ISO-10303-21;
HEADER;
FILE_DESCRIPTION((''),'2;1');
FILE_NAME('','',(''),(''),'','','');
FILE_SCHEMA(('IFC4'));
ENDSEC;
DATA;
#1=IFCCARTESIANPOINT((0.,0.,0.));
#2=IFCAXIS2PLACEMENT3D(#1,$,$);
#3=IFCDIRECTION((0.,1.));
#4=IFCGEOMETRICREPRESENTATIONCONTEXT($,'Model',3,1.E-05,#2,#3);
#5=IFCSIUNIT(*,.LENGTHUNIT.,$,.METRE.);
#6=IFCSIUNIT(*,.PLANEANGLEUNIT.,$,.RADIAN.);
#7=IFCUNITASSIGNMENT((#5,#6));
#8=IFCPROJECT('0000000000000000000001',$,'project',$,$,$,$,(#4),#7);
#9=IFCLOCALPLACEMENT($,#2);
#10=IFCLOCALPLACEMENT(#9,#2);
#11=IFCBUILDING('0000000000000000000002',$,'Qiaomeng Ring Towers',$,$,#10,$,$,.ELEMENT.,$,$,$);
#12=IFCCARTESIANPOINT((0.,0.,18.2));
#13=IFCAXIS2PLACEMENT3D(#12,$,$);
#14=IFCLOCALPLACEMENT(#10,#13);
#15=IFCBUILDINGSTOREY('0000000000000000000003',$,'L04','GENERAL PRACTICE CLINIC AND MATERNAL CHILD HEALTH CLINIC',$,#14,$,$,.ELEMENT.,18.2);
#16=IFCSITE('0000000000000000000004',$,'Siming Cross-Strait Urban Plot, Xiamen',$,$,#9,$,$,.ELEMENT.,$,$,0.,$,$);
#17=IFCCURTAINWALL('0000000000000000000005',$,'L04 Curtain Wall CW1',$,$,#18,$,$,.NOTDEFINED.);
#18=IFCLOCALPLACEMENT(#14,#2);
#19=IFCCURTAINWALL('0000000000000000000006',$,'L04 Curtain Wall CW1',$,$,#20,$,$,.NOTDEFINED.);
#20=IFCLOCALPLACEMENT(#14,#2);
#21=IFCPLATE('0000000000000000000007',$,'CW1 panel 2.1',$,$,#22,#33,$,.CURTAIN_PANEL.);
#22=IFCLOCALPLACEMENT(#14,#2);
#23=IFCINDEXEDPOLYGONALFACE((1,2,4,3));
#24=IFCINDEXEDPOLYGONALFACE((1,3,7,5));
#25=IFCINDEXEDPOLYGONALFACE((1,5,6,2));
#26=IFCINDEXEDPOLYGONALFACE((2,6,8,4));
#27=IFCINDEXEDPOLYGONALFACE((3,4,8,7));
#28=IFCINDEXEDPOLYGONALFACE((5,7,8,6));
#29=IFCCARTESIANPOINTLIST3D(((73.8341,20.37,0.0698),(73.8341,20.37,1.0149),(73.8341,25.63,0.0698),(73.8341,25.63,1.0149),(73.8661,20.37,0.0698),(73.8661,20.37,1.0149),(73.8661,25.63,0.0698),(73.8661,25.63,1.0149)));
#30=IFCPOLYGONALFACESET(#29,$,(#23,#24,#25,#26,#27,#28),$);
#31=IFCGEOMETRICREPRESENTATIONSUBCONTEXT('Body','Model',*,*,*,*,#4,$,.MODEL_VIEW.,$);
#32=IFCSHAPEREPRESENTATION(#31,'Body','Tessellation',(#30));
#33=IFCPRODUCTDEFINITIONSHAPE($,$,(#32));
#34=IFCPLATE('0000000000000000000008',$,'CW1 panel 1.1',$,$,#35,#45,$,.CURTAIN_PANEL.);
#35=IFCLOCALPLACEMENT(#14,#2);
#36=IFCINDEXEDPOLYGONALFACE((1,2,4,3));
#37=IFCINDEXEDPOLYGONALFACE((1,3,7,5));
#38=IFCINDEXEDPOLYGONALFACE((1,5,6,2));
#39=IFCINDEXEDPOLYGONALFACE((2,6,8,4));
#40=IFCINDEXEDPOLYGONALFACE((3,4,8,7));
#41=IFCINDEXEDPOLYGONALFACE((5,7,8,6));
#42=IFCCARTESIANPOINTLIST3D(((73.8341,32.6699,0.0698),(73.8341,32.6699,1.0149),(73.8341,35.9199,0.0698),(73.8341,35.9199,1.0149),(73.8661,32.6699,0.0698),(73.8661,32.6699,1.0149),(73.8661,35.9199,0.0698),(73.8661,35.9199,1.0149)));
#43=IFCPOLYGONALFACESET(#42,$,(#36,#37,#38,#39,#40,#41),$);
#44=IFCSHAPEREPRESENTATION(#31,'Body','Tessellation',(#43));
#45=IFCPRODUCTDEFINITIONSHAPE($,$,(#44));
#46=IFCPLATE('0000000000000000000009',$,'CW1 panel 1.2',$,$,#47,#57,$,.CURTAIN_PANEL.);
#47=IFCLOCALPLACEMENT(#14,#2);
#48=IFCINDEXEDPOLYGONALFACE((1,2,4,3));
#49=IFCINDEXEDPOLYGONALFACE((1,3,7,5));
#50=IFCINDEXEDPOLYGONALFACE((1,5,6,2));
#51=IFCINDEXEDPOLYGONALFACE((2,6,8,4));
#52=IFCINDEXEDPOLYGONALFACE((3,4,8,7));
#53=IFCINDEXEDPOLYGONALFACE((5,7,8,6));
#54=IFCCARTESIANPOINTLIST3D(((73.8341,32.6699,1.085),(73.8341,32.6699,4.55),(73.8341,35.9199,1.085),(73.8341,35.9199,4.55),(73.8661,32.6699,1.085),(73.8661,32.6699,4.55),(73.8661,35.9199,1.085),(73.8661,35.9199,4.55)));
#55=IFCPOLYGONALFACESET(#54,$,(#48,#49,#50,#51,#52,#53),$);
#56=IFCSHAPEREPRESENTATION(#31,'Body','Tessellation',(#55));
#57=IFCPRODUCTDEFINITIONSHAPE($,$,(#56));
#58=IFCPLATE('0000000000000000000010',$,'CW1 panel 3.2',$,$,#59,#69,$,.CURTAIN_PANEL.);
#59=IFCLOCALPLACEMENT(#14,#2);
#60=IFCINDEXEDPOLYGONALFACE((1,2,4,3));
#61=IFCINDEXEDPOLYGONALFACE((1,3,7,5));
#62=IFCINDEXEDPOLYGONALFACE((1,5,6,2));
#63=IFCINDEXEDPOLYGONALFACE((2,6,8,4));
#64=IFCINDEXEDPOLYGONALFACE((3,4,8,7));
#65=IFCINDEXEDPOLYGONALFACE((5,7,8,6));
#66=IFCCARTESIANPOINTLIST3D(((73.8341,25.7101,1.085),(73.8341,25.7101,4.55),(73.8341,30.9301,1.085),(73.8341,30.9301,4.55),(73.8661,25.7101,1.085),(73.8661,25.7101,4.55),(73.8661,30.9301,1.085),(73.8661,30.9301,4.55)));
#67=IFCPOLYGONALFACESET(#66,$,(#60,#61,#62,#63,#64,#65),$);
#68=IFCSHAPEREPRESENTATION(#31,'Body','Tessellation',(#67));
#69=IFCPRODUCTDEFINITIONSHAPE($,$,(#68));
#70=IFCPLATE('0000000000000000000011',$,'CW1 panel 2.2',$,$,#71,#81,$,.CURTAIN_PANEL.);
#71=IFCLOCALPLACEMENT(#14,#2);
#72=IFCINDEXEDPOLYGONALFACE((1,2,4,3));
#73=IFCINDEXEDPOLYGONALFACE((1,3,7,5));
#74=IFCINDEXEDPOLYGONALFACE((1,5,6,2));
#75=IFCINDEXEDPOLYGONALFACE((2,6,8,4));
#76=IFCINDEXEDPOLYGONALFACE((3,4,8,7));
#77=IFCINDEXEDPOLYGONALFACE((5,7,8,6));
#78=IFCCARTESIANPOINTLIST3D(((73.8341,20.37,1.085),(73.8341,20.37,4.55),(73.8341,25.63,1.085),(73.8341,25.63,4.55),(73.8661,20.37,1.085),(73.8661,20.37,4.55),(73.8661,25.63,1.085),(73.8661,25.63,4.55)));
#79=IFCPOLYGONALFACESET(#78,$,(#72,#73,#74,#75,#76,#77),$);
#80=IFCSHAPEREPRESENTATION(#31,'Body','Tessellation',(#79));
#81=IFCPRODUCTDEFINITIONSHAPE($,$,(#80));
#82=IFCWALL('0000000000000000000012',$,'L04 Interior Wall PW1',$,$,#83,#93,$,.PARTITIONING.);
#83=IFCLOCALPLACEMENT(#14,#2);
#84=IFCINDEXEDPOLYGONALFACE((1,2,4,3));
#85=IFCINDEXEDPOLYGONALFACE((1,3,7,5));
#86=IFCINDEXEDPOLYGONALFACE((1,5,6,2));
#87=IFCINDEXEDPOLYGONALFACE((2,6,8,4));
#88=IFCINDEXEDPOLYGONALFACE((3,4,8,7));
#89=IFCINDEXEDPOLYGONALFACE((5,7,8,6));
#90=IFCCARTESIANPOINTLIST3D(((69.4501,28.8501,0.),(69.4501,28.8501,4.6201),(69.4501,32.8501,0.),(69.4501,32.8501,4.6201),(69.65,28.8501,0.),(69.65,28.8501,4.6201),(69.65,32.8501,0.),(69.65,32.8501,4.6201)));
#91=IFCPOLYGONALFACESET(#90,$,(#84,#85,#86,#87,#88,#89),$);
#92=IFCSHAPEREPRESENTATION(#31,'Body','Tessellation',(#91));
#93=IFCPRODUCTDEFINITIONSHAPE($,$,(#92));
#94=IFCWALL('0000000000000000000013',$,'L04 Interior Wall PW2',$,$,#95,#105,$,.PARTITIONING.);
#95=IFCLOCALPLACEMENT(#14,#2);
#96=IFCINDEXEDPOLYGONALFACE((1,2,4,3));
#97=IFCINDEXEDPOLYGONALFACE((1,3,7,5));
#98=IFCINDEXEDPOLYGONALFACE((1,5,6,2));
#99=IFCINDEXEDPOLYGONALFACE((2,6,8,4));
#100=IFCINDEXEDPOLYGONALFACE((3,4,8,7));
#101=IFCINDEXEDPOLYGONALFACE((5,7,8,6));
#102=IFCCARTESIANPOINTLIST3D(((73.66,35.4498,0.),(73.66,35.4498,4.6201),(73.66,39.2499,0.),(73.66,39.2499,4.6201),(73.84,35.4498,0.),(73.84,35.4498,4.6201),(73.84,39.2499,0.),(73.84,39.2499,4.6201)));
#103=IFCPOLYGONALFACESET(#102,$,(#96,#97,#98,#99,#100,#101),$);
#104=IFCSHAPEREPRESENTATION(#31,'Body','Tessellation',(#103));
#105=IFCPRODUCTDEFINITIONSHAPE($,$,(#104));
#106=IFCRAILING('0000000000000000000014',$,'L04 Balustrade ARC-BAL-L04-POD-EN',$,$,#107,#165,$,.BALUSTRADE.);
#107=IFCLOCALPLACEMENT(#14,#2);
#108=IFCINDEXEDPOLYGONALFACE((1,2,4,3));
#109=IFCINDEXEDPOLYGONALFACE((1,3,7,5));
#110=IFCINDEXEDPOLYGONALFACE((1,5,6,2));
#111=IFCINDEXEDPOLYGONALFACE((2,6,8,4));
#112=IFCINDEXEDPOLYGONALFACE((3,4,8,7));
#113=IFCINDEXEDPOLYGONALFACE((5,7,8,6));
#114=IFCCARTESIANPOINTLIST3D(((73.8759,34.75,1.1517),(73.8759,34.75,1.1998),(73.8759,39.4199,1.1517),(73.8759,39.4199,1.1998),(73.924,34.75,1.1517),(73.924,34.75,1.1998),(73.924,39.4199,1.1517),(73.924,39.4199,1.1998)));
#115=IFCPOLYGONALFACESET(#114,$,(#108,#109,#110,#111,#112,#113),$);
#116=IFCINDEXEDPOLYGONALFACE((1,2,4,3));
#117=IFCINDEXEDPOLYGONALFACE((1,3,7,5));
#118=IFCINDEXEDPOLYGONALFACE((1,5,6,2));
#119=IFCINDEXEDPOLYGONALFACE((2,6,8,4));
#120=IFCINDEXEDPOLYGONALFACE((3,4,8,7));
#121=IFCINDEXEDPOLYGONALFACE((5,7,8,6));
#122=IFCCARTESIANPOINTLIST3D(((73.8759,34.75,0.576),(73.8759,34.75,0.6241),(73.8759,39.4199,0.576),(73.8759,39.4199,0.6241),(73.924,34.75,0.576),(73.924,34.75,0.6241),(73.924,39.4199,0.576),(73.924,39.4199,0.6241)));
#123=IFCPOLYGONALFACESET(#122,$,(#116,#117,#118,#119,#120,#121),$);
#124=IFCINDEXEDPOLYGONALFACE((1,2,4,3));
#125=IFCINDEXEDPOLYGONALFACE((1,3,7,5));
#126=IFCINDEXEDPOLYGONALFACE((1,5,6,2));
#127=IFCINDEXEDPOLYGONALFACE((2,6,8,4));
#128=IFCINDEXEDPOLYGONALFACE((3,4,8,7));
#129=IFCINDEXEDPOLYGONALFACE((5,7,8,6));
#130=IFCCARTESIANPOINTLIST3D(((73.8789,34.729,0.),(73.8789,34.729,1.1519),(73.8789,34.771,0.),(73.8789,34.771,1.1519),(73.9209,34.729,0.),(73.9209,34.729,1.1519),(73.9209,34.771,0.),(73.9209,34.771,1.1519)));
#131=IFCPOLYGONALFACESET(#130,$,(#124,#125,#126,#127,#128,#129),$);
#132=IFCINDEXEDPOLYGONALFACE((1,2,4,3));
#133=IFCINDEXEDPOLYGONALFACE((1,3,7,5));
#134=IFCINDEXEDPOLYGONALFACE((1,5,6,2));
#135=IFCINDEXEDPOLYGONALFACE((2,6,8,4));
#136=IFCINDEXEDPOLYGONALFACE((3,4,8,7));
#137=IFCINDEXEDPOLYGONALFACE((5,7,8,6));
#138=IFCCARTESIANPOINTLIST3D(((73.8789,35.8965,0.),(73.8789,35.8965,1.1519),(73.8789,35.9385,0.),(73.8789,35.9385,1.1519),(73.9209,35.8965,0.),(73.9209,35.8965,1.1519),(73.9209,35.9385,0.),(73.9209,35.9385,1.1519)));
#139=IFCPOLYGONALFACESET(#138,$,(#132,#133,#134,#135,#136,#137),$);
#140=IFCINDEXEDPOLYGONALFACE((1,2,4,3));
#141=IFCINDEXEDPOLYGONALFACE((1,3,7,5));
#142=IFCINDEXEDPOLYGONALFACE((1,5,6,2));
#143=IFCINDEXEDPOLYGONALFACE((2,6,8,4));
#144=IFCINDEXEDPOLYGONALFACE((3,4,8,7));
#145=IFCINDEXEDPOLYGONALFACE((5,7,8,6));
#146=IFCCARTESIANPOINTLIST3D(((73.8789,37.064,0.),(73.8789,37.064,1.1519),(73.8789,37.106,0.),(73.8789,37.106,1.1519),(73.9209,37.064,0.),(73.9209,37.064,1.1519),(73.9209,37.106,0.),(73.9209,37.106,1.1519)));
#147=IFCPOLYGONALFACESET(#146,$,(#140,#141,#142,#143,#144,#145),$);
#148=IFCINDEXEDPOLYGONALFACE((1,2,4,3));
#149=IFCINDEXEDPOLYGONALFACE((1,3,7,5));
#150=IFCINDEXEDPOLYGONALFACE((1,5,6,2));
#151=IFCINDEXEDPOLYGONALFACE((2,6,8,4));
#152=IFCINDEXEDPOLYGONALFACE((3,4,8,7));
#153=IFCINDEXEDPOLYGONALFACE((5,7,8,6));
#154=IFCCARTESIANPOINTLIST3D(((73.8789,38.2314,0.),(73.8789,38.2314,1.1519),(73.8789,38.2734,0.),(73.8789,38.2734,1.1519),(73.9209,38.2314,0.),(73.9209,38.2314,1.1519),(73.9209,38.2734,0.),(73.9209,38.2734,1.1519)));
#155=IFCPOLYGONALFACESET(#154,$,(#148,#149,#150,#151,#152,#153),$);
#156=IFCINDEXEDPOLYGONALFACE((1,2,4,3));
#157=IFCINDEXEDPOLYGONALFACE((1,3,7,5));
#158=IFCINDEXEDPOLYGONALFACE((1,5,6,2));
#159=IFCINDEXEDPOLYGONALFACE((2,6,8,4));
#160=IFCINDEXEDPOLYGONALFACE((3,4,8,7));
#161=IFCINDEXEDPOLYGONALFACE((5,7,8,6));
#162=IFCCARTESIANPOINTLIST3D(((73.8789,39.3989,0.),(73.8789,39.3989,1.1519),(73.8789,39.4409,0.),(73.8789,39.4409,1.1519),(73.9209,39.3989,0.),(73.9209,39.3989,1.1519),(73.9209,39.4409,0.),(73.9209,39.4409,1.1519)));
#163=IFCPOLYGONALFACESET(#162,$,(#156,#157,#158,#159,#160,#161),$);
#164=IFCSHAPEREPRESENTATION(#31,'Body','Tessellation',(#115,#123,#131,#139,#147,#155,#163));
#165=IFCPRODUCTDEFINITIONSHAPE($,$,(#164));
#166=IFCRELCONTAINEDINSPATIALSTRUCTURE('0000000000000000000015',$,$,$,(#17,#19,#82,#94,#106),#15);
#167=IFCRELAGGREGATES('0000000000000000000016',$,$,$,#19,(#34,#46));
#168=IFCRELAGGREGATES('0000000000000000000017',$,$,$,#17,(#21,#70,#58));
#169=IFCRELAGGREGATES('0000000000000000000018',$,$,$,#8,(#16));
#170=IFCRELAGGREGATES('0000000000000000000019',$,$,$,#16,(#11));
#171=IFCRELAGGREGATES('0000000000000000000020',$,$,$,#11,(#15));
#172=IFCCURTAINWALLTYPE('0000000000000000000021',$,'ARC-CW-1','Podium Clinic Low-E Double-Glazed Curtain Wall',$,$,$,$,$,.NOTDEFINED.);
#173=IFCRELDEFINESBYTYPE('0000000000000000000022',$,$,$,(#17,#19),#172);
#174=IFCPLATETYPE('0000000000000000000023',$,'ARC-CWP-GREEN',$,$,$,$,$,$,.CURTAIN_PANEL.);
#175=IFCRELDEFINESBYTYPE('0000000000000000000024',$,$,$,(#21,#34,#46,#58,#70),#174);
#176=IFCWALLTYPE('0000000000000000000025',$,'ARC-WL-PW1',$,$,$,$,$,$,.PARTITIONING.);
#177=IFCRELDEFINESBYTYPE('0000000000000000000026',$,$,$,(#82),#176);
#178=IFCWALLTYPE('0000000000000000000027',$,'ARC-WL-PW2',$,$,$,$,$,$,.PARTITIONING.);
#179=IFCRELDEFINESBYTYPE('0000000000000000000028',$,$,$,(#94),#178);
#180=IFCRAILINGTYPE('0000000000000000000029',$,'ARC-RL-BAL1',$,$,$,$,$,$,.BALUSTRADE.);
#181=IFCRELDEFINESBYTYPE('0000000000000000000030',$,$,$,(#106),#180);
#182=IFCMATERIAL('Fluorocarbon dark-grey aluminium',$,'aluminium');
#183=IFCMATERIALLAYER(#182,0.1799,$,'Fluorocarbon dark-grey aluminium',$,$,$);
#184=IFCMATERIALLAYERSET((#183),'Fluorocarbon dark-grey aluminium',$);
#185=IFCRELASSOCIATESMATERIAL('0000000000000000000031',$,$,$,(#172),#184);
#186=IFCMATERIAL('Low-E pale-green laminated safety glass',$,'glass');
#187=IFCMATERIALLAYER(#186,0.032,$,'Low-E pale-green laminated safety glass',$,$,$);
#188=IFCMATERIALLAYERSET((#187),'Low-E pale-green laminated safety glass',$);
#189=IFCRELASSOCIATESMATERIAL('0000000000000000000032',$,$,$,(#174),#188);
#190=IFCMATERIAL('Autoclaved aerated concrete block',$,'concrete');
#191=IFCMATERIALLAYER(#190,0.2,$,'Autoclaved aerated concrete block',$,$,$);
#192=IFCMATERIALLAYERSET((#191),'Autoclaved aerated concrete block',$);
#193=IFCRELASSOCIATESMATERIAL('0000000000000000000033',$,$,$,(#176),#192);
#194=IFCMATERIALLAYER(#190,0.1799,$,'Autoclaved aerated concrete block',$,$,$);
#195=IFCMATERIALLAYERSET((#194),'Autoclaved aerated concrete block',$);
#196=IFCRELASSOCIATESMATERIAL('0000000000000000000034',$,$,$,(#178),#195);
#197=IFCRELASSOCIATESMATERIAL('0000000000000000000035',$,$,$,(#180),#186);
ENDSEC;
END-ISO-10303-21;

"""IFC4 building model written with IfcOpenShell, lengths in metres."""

from ifc_helpers import new_model, si_unit, direction, frame, frame_2d, origin, origin_2d, place, context, subcontext, project, spatial, rectangle, extrude, source, transform, mapped, material, layer, layer_set, type_object, element, aggregate, save


model = new_model("IFC4")

# Units and contexts
model_context = context("Model", 3, precision=1e-05, world=origin(), true_north=direction((0.0, 1.0)))
body_context = subcontext(model_context, "Body", "Model", "MODEL_VIEW")
ifc_project = project(units=[si_unit("LENGTHUNIT", "METRE"), si_unit("PLANEANGLEUNIT", "RADIAN")], contexts=[model_context])

# Site, building, storey
site_placement = place(None, origin())
site = spatial("IfcSite", under=ifc_project, at=site_placement, Name="Siming Cross-Strait Urban Plot, Xiamen", CompositionType="ELEMENT", RefElevation=0.0)
building_placement = place(site_placement, origin())
building = spatial("IfcBuilding", under=site, at=building_placement, Name="Qiaomeng Ring Towers", CompositionType="ELEMENT")
storey_placement = place(building_placement, frame((0.0, 0.0, 18.2)))
storey = spatial("IfcBuildingStorey", under=building, at=storey_placement, Name="L04", Description="GENERAL PRACTICE CLINIC AND MATERNAL CHILD HEALTH CLINIC", CompositionType="ELEMENT", Elevation=18.2)

# Curtain walls
ifc_material_1 = material(Name="Fluorocarbon dark-grey aluminium", Category="aluminium")
ifc_layer_1 = layer(ifc_material_1, 0.1799, Name="Fluorocarbon dark-grey aluminium")
ifc_layer_set_1 = layer_set([ifc_layer_1], Name="Fluorocarbon dark-grey aluminium")
curtain_wall_type = type_object("IfcCurtainWallType", Name="ARC-CW-1", Description="Podium Clinic Low-E Double-Glazed Curtain Wall", PredefinedType="NOTDEFINED", material=ifc_layer_set_1)
curtain_wall_1_placement = place(storey_placement, origin())
curtain_wall_1 = element("IfcCurtainWall", 1, at=curtain_wall_1_placement, inside=storey, type_object=curtain_wall_type, Name="L04 Curtain Wall CW1", PredefinedType="NOTDEFINED")
curtain_wall_2_placement = place(storey_placement, origin())
curtain_wall_2 = element("IfcCurtainWall", 2, at=curtain_wall_2_placement, inside=storey, type_object=curtain_wall_type, Name="L04 Curtain Wall CW1", PredefinedType="NOTDEFINED")

# Plates
ifc_material_2 = material(Name="Low-E pale-green laminated safety glass", Category="glass")
ifc_layer_2 = layer(ifc_material_2, 0.032, Name="Low-E pale-green laminated safety glass")
ifc_layer_set_2 = layer_set([ifc_layer_2], Name="Low-E pale-green laminated safety glass")
plate_type = type_object("IfcPlateType", Name="ARC-CWP-GREEN", PredefinedType="CURTAIN_PANEL", material=ifc_layer_set_2)
shared_shape_1 = source(origin(), body_context, "Body", "SweptSolid", [
    extrude(rectangle(XDim=5.26, YDim=0.032, at=origin_2d()), origin(), (0.0, 0.0, 1.0), 0.9451),
])
plate_1_placement = place(storey_placement, frame((73.8501, 23.0, 0.0698), z_axis=(0.0, 0.0, 1.0), x_axis=(0.0, 1.0, 0.0)))
plate_1 = element("IfcPlate", 3, at=plate_1_placement, type_object=plate_type, Name="CW1 panel 2.1", PredefinedType="CURTAIN_PANEL", context=body_context, shape_type="MappedRepresentation", body=[
    mapped(shared_shape_1, transform((0.0, 0.0, 0.0), x_axis=(1.0, 0.0, 0.0), y_axis=(0.0, 1.0, 0.0), z_axis=(0.0, 0.0, 1.0), scale=1.0)),
])
shared_shape_2 = source(origin(), body_context, "Body", "SweptSolid", [
    extrude(rectangle(XDim=3.25, YDim=0.032, at=origin_2d()), origin(), (0.0, 0.0, 1.0), 0.9451),
])
plate_2_placement = place(storey_placement, frame((73.8501, 34.2949, 0.0698), z_axis=(0.0, 0.0, 1.0), x_axis=(0.0, 1.0, 0.0)))
plate_2 = element("IfcPlate", 4, at=plate_2_placement, type_object=plate_type, Name="CW1 panel 1.1", PredefinedType="CURTAIN_PANEL", context=body_context, shape_type="MappedRepresentation", body=[
    mapped(shared_shape_2, transform((0.0, 0.0, 0.0), x_axis=(1.0, 0.0, 0.0), y_axis=(0.0, 1.0, 0.0), z_axis=(0.0, 0.0, 1.0), scale=1.0)),
])
shared_shape_3 = source(origin(), body_context, "Body", "SweptSolid", [
    extrude(rectangle(XDim=3.25, YDim=0.032, at=origin_2d()), origin(), (0.0, 0.0, 1.0), 3.4651),
])
plate_3_placement = place(storey_placement, frame((73.8501, 34.2949, 1.085), z_axis=(0.0, 0.0, 1.0), x_axis=(0.0, 1.0, 0.0)))
plate_3 = element("IfcPlate", 5, at=plate_3_placement, type_object=plate_type, Name="CW1 panel 1.2", PredefinedType="CURTAIN_PANEL", context=body_context, shape_type="MappedRepresentation", body=[
    mapped(shared_shape_3, transform((0.0, 0.0, 0.0), x_axis=(1.0, 0.0, 0.0), y_axis=(0.0, 1.0, 0.0), z_axis=(0.0, 0.0, 1.0), scale=1.0)),
])
aggregate(curtain_wall_2, [plate_2, plate_3])
shared_shape_4 = source(origin(), body_context, "Body", "SweptSolid", [
    extrude(rectangle(XDim=5.22, YDim=0.032, at=origin_2d()), origin(), (0.0, 0.0, 1.0), 3.4651),
])
plate_4_placement = place(storey_placement, frame((73.8501, 28.3201, 1.085), z_axis=(0.0, 0.0, 1.0), x_axis=(0.0, 1.0, 0.0)))
plate_4 = element("IfcPlate", 6, at=plate_4_placement, type_object=plate_type, Name="CW1 panel 3.2", PredefinedType="CURTAIN_PANEL", context=body_context, shape_type="MappedRepresentation", body=[
    mapped(shared_shape_4, transform((0.0, 0.0, 0.0), x_axis=(1.0, 0.0, 0.0), y_axis=(0.0, 1.0, 0.0), z_axis=(0.0, 0.0, 1.0), scale=1.0)),
])
shared_shape_5 = source(origin(), body_context, "Body", "SweptSolid", [
    extrude(rectangle(XDim=5.26, YDim=0.032, at=origin_2d()), origin(), (0.0, 0.0, 1.0), 3.4651),
])
plate_5_placement = place(storey_placement, frame((73.8501, 23.0, 1.085), z_axis=(0.0, 0.0, 1.0), x_axis=(0.0, 1.0, 0.0)))
plate_5 = element("IfcPlate", 7, at=plate_5_placement, type_object=plate_type, Name="CW1 panel 2.2", PredefinedType="CURTAIN_PANEL", context=body_context, shape_type="MappedRepresentation", body=[
    mapped(shared_shape_5, transform((0.0, 0.0, 0.0), x_axis=(1.0, 0.0, 0.0), y_axis=(0.0, 1.0, 0.0), z_axis=(0.0, 0.0, 1.0), scale=1.0)),
])
aggregate(curtain_wall_1, [plate_1, plate_5, plate_4])

# Walls
ifc_material_3 = material(Name="Autoclaved aerated concrete block", Category="concrete")
ifc_layer_3 = layer(ifc_material_3, 0.2, Name="Autoclaved aerated concrete block")
ifc_layer_set_3 = layer_set([ifc_layer_3], Name="Autoclaved aerated concrete block")
wall_type_1 = type_object("IfcWallType", Name="ARC-WL-PW1", PredefinedType="PARTITIONING", material=ifc_layer_set_3)
wall_1_placement = place(storey_placement, frame((69.55, 28.8501, 0.0), z_axis=(0.0, 0.0, 1.0), x_axis=(0.0, 1.0, 0.0)))
element("IfcWall", 8, at=wall_1_placement, inside=storey, type_object=wall_type_1, Name="L04 Interior Wall PW1", PredefinedType="PARTITIONING", context=body_context, shape_type="SweptSolid", body=[
    extrude(rectangle(XDim=4.0, YDim=0.2, at=frame_2d((2.0, 0.0))), origin(), (0.0, 0.0, 1.0), 4.6201),
])
ifc_layer_4 = layer(ifc_material_3, 0.1799, Name="Autoclaved aerated concrete block")
ifc_layer_set_4 = layer_set([ifc_layer_4], Name="Autoclaved aerated concrete block")
wall_type_2 = type_object("IfcWallType", Name="ARC-WL-PW2", PredefinedType="PARTITIONING", material=ifc_layer_set_4)
wall_2_placement = place(storey_placement, frame((73.75, 35.45, 0.0), z_axis=(0.0, 0.0, 1.0), x_axis=(0.0, 1.0, 0.0)))
element("IfcWall", 9, at=wall_2_placement, inside=storey, type_object=wall_type_2, Name="L04 Interior Wall PW2", PredefinedType="PARTITIONING", context=body_context, shape_type="SweptSolid", body=[
    extrude(rectangle(XDim=3.8, YDim=0.1799, at=frame_2d((1.8999, 0.0))), origin(), (0.0, 0.0, 1.0), 4.6201),
])

# Railing
railing_type = type_object("IfcRailingType", Name="ARC-RL-BAL1", PredefinedType="BALUSTRADE", material=ifc_material_2)
railing_placement = place(storey_placement, frame((73.8999, 34.75, 0.0)))
element("IfcRailing", 10, at=railing_placement, inside=storey, type_object=railing_type, Name="L04 Balustrade ARC-BAL-L04-POD-EN", PredefinedType="BALUSTRADE", context=body_context, shape_type="SweptSolid", body=[
    extrude(rectangle(XDim=0.0481, YDim=0.0481, at=origin_2d()), frame((0.0, 0.0, 1.1758), z_axis=(0.0, 1.0, 0.0), x_axis=(-1.0, 0.0, 0.0)), (0.0, 0.0, 1.0), 4.6699),
    extrude(rectangle(XDim=0.0481, YDim=0.0481, at=origin_2d()), frame((0.0, 0.0, 0.6001), z_axis=(0.0, 1.0, 0.0), x_axis=(-1.0, 0.0, 0.0)), (0.0, 0.0, 1.0), 4.6699),
    extrude(rectangle(XDim=0.042, YDim=0.042, at=origin_2d()), origin(), (0.0, 0.0, 1.0), 1.1519),
    extrude(rectangle(XDim=0.042, YDim=0.042, at=origin_2d()), frame((0.0, 1.1675, 0.0)), (0.0, 0.0, 1.0), 1.1519),
    extrude(rectangle(XDim=0.042, YDim=0.042, at=origin_2d()), frame((0.0, 2.335, 0.0)), (0.0, 0.0, 1.0), 1.1519),
    extrude(rectangle(XDim=0.042, YDim=0.042, at=origin_2d()), frame((0.0, 3.5024, 0.0)), (0.0, 0.0, 1.0), 1.1519),
    extrude(rectangle(XDim=0.042, YDim=0.042, at=origin_2d()), frame((0.0, 4.6699, 0.0)), (0.0, 0.0, 1.0), 1.1519),
])

save(model, "model.ifc")
